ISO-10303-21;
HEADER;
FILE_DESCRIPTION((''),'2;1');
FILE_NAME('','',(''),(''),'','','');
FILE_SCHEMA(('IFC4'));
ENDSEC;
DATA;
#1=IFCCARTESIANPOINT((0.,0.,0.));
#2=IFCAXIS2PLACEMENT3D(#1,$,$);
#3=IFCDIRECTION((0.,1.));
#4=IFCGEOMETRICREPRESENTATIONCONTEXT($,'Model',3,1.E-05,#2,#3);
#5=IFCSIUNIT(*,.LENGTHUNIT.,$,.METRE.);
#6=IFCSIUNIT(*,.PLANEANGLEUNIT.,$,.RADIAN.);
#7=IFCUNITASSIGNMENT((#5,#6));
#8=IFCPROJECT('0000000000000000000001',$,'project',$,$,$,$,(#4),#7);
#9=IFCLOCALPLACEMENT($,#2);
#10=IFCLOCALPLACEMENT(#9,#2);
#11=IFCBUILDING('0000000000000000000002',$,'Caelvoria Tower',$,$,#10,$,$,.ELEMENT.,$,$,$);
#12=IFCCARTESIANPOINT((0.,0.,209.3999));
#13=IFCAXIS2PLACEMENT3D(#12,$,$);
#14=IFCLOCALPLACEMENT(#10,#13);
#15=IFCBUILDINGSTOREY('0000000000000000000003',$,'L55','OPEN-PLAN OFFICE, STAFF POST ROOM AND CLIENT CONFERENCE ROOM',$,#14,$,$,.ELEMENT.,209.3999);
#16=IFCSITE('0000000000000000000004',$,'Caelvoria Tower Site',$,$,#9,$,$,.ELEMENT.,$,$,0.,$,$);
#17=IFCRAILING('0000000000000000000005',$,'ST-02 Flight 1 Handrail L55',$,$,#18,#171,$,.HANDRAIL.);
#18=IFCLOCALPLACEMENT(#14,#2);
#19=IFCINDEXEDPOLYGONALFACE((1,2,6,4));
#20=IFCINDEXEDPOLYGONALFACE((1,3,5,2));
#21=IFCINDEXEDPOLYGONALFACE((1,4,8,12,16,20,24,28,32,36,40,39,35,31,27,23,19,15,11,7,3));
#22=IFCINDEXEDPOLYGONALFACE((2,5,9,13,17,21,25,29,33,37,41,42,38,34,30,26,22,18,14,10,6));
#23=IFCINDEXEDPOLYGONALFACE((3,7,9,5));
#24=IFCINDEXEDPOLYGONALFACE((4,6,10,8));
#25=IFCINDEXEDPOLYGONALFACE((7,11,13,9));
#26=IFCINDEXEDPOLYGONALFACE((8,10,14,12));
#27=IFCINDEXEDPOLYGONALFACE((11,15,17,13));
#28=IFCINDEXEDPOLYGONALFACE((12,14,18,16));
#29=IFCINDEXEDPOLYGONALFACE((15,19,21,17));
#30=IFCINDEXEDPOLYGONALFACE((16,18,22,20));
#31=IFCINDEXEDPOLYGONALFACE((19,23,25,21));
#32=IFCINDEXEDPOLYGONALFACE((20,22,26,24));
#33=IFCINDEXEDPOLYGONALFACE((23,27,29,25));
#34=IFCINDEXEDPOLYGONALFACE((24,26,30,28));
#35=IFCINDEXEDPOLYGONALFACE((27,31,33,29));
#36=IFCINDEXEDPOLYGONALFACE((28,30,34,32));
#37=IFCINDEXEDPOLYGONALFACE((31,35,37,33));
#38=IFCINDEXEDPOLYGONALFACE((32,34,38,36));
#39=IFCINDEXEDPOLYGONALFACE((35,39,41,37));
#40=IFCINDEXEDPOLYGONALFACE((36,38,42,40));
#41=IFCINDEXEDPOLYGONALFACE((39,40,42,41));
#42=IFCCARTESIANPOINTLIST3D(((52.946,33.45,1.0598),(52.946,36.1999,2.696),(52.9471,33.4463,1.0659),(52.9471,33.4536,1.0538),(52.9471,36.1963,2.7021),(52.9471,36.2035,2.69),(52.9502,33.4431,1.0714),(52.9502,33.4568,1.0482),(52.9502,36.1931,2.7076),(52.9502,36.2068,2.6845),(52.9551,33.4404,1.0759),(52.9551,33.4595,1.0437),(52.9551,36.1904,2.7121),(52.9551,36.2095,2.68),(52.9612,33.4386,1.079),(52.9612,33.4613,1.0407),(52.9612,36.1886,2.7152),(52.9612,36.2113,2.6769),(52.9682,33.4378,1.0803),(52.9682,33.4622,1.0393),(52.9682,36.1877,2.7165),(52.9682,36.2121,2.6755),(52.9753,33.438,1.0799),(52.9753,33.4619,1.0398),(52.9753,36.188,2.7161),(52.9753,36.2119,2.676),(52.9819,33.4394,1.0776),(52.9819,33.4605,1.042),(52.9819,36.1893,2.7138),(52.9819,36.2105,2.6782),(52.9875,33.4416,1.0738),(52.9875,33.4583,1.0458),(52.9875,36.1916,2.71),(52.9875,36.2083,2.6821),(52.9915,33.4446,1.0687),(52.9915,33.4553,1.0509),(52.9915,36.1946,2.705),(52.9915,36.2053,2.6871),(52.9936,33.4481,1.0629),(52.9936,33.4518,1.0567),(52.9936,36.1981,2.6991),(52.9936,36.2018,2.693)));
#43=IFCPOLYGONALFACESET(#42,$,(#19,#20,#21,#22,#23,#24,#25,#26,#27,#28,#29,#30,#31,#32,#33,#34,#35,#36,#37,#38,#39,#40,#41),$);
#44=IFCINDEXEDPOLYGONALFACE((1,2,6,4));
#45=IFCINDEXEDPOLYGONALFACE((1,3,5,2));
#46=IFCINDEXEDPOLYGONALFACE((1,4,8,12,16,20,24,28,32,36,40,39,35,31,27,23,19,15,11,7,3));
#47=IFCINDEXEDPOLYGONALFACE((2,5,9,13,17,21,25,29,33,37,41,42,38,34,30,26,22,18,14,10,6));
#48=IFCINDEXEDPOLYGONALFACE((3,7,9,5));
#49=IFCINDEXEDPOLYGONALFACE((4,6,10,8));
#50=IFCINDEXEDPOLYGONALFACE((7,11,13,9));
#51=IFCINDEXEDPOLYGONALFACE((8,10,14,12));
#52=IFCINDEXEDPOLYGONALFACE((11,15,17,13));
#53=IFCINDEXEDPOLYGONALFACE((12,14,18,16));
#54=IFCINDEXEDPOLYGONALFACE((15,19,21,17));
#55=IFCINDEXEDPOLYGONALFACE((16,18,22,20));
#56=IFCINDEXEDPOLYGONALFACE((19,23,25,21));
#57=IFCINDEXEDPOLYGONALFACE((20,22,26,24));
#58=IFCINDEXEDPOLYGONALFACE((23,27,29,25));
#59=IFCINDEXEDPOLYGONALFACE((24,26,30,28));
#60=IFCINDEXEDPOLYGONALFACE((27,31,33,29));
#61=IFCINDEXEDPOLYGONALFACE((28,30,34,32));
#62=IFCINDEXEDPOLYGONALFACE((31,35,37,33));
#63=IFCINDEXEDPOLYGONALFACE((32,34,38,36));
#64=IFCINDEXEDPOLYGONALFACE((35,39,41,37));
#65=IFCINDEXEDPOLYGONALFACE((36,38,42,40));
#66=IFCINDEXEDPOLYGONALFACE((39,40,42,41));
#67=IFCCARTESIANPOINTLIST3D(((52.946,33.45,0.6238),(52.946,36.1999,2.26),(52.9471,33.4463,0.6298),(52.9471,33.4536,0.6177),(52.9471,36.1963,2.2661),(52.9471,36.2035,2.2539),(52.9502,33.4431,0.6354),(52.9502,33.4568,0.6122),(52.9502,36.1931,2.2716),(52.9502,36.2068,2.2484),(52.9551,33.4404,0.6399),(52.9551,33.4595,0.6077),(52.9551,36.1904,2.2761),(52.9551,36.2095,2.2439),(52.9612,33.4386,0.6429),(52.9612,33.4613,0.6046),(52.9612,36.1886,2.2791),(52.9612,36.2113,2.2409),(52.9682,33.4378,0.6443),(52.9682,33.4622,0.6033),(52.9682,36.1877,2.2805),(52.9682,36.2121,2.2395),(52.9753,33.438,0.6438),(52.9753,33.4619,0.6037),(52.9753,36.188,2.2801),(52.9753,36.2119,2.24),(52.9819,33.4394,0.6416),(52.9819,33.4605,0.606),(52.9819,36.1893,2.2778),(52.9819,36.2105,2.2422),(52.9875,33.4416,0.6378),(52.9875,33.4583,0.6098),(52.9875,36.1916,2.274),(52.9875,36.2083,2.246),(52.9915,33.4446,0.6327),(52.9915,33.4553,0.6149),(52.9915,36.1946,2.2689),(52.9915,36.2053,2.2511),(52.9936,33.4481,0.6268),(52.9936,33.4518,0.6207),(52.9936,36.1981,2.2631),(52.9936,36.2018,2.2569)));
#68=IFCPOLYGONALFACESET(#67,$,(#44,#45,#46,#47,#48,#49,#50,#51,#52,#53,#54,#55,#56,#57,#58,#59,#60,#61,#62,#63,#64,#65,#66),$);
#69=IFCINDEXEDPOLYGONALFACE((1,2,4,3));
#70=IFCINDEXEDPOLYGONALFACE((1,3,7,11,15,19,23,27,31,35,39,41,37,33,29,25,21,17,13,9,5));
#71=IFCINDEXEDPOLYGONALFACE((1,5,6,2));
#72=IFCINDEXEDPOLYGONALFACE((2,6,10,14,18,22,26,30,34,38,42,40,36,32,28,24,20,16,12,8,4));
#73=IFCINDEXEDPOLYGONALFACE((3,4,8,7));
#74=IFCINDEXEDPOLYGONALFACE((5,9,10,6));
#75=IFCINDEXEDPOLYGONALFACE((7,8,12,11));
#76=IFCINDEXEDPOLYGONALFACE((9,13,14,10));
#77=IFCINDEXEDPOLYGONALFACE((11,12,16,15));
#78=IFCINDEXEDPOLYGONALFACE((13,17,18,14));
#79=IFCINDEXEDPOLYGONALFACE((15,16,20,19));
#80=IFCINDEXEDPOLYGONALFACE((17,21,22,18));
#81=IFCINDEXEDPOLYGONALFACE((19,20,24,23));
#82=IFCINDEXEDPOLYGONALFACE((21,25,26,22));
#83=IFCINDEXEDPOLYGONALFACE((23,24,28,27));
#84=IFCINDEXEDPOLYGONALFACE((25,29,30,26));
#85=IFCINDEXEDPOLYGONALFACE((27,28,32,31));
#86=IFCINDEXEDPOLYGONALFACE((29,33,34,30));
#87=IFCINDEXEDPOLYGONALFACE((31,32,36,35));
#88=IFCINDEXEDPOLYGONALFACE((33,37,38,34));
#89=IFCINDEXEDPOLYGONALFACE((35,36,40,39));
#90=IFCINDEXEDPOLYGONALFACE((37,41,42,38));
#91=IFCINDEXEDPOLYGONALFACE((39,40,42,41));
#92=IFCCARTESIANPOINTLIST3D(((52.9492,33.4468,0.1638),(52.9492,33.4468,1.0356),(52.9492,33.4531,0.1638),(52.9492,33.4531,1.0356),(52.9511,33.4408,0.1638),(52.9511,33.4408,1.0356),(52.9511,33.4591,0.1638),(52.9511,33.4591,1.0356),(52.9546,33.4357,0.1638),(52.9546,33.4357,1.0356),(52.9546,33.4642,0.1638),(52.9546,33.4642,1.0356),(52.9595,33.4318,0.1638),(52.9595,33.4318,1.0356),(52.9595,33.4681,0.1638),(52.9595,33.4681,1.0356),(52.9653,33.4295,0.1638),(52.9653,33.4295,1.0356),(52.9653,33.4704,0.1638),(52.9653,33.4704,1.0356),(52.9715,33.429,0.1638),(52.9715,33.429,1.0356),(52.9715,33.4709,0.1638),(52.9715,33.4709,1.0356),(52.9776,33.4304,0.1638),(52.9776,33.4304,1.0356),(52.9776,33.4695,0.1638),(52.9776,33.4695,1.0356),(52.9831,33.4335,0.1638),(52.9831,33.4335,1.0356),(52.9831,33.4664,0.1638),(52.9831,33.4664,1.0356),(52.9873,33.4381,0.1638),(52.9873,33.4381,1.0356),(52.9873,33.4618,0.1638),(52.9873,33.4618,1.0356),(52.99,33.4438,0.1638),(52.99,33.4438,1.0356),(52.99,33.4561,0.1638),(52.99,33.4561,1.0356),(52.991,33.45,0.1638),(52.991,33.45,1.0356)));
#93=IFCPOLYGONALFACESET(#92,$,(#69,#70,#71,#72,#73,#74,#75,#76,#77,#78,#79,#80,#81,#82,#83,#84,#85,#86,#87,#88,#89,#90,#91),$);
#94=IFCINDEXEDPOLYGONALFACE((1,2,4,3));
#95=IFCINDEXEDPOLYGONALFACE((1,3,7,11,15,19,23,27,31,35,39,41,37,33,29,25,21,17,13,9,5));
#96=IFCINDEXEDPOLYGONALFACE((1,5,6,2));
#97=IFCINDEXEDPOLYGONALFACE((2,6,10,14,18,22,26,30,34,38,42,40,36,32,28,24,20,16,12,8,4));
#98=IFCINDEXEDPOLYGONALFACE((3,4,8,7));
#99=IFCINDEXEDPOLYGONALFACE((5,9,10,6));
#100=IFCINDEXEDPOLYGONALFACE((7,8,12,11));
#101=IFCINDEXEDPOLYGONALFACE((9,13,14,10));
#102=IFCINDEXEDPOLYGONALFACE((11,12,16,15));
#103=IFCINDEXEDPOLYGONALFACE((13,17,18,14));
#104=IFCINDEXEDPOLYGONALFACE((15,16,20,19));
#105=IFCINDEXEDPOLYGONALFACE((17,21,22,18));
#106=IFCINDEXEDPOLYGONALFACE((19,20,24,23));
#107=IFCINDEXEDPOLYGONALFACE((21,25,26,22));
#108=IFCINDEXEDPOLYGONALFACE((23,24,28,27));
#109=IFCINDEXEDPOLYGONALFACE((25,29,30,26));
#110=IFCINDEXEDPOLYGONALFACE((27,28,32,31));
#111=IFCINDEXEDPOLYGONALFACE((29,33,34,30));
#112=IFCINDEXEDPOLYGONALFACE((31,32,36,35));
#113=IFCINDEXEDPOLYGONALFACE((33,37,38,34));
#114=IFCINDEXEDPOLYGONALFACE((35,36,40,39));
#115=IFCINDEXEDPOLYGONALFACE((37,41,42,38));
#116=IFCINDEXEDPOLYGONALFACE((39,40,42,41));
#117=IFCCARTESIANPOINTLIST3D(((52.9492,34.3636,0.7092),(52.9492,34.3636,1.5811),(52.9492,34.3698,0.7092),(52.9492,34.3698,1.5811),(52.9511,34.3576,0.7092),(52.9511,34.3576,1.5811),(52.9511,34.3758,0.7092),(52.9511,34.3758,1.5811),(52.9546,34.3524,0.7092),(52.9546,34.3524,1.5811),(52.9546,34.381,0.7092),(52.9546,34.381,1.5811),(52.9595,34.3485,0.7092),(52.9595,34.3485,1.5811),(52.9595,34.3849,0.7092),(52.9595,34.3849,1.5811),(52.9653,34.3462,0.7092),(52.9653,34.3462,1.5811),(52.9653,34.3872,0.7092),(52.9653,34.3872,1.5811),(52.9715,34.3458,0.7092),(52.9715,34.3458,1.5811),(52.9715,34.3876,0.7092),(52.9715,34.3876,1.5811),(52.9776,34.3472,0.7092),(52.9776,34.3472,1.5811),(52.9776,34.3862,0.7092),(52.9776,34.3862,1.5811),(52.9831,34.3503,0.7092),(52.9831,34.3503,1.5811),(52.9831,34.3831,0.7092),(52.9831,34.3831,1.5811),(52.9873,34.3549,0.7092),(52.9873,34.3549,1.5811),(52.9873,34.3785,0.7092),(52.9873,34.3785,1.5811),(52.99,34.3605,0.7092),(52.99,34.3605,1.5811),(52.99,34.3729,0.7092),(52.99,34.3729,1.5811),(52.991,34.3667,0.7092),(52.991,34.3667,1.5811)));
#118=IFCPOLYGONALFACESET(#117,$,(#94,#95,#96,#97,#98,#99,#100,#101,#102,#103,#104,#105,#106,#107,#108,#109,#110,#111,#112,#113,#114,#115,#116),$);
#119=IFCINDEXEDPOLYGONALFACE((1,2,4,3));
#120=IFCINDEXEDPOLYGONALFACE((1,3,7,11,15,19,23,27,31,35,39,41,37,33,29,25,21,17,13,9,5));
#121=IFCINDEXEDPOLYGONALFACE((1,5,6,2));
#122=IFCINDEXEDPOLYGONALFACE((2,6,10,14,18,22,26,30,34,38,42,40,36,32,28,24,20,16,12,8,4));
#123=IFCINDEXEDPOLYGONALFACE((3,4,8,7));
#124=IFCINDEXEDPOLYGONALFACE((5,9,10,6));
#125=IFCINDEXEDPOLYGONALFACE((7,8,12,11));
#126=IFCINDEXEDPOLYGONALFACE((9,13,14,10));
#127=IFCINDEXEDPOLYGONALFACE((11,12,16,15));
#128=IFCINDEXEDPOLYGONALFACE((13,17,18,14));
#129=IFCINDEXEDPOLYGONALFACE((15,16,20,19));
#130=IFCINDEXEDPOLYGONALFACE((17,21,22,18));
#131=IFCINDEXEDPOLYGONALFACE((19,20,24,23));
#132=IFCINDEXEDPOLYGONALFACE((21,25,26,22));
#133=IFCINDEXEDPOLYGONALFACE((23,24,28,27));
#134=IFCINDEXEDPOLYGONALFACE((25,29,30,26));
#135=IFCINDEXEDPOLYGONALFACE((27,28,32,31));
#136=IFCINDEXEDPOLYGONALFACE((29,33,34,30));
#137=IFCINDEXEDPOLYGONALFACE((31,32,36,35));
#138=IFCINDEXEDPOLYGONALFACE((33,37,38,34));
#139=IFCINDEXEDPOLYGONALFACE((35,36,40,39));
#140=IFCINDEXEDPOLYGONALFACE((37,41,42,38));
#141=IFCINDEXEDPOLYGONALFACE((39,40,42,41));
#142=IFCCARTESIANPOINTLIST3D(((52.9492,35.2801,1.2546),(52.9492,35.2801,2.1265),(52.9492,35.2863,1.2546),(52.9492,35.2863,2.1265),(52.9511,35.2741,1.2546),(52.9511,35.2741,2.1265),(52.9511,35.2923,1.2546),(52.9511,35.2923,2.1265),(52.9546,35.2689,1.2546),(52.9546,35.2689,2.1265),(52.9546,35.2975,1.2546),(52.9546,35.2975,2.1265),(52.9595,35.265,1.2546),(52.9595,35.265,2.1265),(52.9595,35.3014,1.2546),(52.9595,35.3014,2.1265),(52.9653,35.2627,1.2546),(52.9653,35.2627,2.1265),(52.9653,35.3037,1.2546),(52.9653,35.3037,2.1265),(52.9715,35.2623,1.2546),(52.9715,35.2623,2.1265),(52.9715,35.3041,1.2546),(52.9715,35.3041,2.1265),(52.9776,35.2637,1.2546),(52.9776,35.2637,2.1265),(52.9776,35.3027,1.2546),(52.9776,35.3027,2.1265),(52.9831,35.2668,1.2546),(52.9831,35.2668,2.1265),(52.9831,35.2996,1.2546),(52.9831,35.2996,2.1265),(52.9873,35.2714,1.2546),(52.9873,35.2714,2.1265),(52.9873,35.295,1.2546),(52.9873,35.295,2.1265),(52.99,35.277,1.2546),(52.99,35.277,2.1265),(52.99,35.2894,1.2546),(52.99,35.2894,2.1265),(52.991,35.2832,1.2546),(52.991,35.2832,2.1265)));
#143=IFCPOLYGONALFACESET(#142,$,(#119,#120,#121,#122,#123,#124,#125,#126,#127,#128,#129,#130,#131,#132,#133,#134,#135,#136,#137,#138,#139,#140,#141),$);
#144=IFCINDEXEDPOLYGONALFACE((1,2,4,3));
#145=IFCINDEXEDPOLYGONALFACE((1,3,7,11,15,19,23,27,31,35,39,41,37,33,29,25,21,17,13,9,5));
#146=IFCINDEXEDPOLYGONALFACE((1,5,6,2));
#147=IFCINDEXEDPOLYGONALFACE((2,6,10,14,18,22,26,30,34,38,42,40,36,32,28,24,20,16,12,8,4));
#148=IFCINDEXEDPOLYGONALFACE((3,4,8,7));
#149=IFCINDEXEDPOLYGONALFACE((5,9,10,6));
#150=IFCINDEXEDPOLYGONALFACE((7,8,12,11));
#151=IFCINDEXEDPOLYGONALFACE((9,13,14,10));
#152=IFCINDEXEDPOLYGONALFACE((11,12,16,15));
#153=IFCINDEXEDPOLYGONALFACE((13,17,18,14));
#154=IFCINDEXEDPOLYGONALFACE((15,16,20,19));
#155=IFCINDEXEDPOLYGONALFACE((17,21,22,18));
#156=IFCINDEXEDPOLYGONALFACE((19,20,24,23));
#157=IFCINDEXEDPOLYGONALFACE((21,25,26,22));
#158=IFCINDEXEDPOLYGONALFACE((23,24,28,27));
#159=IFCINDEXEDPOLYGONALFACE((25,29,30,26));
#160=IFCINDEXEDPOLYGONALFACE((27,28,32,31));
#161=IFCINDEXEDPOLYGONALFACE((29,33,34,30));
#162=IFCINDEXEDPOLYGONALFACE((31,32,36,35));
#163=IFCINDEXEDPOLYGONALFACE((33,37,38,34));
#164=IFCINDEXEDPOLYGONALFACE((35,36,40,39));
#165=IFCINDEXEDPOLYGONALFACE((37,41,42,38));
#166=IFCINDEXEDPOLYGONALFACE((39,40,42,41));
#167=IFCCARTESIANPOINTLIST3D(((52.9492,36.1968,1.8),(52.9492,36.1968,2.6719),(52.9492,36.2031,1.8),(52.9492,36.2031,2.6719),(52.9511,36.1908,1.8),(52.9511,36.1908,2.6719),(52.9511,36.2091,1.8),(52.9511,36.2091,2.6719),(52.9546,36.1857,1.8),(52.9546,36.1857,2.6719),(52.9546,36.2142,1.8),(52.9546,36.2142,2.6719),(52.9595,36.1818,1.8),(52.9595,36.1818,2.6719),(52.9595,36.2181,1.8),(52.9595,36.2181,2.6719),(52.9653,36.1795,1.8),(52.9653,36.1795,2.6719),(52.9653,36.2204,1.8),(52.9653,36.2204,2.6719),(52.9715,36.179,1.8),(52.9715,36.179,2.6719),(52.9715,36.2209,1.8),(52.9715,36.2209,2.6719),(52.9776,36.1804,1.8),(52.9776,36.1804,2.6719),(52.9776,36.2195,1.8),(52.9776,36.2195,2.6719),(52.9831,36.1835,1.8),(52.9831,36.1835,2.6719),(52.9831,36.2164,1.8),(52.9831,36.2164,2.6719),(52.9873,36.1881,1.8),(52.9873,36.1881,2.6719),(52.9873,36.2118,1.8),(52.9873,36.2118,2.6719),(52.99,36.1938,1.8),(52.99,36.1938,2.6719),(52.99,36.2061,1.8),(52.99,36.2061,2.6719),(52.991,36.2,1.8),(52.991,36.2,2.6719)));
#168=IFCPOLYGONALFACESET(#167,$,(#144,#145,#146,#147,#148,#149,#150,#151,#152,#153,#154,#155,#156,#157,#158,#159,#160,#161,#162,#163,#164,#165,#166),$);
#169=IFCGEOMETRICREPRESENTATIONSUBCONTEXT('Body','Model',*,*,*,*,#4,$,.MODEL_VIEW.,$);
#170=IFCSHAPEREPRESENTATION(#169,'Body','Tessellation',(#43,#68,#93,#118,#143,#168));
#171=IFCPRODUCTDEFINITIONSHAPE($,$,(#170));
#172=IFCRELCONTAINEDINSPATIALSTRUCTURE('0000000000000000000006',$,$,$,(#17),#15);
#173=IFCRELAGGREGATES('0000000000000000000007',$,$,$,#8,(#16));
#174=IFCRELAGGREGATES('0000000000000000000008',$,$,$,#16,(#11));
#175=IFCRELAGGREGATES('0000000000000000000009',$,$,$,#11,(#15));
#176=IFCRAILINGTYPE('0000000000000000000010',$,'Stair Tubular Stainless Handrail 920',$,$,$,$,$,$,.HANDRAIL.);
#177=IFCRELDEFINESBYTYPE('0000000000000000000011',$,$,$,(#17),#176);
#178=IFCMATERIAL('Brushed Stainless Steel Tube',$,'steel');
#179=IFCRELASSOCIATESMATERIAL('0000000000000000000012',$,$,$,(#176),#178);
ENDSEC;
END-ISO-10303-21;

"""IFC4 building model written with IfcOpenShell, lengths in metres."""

from ifc_helpers import new_model, si_unit, direction, frame, origin, origin_2d, place, context, subcontext, project, spatial, circle, extrude, material, type_object, element, save


model = new_model("IFC4")

# Units and contexts
model_context = context("Model", 3, precision=1e-05, world=origin(), true_north=direction((0.0, 1.0)))
body_context = subcontext(model_context, "Body", "Model", "MODEL_VIEW")
ifc_project = project(units=[si_unit("LENGTHUNIT", "METRE"), si_unit("PLANEANGLEUNIT", "RADIAN")], contexts=[model_context])

# Site, building, storey
site_placement = place(None, origin())
site = spatial("IfcSite", under=ifc_project, at=site_placement, Name="Caelvoria Tower Site", CompositionType="ELEMENT", RefElevation=0.0)
building_placement = place(site_placement, origin())
building = spatial("IfcBuilding", under=site, at=building_placement, Name="Caelvoria Tower", CompositionType="ELEMENT")
storey_placement = place(building_placement, frame((0.0, 0.0, 209.3999)))
storey = spatial("IfcBuildingStorey", under=building, at=storey_placement, Name="L55", Description="OPEN-PLAN OFFICE, STAFF POST ROOM AND CLIENT CONFERENCE ROOM", CompositionType="ELEMENT", Elevation=209.3999)

# Railing
ifc_material_1 = material(Name="Brushed Stainless Steel Tube", Category="steel")
railing_type_1 = type_object("IfcRailingType", Name="Stair Tubular Stainless Handrail 920", PredefinedType="HANDRAIL", material=ifc_material_1)
railing_1_placement = place(storey_placement, frame((52.97, 33.45, 0.1638)))
element("IfcRailing", 1, at=railing_1_placement, inside=storey, type_object=railing_type_1, Name="ST-02 Flight 1 Handrail L55", PredefinedType="HANDRAIL", context=body_context, shape_type="SweptSolid", body=[
    extrude(circle(Radius=0.0239, at=origin_2d()), frame((0.0, 0.0, 0.896), z_axis=(0.0, 0.859385, 0.511328), x_axis=(-1.0, 0.0, 0.0)), (0.0, 0.0, 1.0), 3.2),
    extrude(circle(Radius=0.0239, at=origin_2d()), frame((0.0, 0.0, 0.46), z_axis=(0.0, 0.859385, 0.511328), x_axis=(-1.0, 0.0, 0.0)), (0.0, 0.0, 1.0), 3.2),
    extrude(circle(Radius=0.021, at=origin_2d()), origin(), (0.0, 0.0, 1.0), 0.8718),
    extrude(circle(Radius=0.021, at=origin_2d()), frame((0.0, 0.9167, 0.5454)), (0.0, 0.0, 1.0), 0.8718),
    extrude(circle(Radius=0.021, at=origin_2d()), frame((0.0, 1.8333, 1.0908)), (0.0, 0.0, 1.0), 0.8718),
    extrude(circle(Radius=0.021, at=origin_2d()), frame((0.0, 2.75, 1.6362)), (0.0, 0.0, 1.0), 0.8718),
])

save(model, "model.ifc")
